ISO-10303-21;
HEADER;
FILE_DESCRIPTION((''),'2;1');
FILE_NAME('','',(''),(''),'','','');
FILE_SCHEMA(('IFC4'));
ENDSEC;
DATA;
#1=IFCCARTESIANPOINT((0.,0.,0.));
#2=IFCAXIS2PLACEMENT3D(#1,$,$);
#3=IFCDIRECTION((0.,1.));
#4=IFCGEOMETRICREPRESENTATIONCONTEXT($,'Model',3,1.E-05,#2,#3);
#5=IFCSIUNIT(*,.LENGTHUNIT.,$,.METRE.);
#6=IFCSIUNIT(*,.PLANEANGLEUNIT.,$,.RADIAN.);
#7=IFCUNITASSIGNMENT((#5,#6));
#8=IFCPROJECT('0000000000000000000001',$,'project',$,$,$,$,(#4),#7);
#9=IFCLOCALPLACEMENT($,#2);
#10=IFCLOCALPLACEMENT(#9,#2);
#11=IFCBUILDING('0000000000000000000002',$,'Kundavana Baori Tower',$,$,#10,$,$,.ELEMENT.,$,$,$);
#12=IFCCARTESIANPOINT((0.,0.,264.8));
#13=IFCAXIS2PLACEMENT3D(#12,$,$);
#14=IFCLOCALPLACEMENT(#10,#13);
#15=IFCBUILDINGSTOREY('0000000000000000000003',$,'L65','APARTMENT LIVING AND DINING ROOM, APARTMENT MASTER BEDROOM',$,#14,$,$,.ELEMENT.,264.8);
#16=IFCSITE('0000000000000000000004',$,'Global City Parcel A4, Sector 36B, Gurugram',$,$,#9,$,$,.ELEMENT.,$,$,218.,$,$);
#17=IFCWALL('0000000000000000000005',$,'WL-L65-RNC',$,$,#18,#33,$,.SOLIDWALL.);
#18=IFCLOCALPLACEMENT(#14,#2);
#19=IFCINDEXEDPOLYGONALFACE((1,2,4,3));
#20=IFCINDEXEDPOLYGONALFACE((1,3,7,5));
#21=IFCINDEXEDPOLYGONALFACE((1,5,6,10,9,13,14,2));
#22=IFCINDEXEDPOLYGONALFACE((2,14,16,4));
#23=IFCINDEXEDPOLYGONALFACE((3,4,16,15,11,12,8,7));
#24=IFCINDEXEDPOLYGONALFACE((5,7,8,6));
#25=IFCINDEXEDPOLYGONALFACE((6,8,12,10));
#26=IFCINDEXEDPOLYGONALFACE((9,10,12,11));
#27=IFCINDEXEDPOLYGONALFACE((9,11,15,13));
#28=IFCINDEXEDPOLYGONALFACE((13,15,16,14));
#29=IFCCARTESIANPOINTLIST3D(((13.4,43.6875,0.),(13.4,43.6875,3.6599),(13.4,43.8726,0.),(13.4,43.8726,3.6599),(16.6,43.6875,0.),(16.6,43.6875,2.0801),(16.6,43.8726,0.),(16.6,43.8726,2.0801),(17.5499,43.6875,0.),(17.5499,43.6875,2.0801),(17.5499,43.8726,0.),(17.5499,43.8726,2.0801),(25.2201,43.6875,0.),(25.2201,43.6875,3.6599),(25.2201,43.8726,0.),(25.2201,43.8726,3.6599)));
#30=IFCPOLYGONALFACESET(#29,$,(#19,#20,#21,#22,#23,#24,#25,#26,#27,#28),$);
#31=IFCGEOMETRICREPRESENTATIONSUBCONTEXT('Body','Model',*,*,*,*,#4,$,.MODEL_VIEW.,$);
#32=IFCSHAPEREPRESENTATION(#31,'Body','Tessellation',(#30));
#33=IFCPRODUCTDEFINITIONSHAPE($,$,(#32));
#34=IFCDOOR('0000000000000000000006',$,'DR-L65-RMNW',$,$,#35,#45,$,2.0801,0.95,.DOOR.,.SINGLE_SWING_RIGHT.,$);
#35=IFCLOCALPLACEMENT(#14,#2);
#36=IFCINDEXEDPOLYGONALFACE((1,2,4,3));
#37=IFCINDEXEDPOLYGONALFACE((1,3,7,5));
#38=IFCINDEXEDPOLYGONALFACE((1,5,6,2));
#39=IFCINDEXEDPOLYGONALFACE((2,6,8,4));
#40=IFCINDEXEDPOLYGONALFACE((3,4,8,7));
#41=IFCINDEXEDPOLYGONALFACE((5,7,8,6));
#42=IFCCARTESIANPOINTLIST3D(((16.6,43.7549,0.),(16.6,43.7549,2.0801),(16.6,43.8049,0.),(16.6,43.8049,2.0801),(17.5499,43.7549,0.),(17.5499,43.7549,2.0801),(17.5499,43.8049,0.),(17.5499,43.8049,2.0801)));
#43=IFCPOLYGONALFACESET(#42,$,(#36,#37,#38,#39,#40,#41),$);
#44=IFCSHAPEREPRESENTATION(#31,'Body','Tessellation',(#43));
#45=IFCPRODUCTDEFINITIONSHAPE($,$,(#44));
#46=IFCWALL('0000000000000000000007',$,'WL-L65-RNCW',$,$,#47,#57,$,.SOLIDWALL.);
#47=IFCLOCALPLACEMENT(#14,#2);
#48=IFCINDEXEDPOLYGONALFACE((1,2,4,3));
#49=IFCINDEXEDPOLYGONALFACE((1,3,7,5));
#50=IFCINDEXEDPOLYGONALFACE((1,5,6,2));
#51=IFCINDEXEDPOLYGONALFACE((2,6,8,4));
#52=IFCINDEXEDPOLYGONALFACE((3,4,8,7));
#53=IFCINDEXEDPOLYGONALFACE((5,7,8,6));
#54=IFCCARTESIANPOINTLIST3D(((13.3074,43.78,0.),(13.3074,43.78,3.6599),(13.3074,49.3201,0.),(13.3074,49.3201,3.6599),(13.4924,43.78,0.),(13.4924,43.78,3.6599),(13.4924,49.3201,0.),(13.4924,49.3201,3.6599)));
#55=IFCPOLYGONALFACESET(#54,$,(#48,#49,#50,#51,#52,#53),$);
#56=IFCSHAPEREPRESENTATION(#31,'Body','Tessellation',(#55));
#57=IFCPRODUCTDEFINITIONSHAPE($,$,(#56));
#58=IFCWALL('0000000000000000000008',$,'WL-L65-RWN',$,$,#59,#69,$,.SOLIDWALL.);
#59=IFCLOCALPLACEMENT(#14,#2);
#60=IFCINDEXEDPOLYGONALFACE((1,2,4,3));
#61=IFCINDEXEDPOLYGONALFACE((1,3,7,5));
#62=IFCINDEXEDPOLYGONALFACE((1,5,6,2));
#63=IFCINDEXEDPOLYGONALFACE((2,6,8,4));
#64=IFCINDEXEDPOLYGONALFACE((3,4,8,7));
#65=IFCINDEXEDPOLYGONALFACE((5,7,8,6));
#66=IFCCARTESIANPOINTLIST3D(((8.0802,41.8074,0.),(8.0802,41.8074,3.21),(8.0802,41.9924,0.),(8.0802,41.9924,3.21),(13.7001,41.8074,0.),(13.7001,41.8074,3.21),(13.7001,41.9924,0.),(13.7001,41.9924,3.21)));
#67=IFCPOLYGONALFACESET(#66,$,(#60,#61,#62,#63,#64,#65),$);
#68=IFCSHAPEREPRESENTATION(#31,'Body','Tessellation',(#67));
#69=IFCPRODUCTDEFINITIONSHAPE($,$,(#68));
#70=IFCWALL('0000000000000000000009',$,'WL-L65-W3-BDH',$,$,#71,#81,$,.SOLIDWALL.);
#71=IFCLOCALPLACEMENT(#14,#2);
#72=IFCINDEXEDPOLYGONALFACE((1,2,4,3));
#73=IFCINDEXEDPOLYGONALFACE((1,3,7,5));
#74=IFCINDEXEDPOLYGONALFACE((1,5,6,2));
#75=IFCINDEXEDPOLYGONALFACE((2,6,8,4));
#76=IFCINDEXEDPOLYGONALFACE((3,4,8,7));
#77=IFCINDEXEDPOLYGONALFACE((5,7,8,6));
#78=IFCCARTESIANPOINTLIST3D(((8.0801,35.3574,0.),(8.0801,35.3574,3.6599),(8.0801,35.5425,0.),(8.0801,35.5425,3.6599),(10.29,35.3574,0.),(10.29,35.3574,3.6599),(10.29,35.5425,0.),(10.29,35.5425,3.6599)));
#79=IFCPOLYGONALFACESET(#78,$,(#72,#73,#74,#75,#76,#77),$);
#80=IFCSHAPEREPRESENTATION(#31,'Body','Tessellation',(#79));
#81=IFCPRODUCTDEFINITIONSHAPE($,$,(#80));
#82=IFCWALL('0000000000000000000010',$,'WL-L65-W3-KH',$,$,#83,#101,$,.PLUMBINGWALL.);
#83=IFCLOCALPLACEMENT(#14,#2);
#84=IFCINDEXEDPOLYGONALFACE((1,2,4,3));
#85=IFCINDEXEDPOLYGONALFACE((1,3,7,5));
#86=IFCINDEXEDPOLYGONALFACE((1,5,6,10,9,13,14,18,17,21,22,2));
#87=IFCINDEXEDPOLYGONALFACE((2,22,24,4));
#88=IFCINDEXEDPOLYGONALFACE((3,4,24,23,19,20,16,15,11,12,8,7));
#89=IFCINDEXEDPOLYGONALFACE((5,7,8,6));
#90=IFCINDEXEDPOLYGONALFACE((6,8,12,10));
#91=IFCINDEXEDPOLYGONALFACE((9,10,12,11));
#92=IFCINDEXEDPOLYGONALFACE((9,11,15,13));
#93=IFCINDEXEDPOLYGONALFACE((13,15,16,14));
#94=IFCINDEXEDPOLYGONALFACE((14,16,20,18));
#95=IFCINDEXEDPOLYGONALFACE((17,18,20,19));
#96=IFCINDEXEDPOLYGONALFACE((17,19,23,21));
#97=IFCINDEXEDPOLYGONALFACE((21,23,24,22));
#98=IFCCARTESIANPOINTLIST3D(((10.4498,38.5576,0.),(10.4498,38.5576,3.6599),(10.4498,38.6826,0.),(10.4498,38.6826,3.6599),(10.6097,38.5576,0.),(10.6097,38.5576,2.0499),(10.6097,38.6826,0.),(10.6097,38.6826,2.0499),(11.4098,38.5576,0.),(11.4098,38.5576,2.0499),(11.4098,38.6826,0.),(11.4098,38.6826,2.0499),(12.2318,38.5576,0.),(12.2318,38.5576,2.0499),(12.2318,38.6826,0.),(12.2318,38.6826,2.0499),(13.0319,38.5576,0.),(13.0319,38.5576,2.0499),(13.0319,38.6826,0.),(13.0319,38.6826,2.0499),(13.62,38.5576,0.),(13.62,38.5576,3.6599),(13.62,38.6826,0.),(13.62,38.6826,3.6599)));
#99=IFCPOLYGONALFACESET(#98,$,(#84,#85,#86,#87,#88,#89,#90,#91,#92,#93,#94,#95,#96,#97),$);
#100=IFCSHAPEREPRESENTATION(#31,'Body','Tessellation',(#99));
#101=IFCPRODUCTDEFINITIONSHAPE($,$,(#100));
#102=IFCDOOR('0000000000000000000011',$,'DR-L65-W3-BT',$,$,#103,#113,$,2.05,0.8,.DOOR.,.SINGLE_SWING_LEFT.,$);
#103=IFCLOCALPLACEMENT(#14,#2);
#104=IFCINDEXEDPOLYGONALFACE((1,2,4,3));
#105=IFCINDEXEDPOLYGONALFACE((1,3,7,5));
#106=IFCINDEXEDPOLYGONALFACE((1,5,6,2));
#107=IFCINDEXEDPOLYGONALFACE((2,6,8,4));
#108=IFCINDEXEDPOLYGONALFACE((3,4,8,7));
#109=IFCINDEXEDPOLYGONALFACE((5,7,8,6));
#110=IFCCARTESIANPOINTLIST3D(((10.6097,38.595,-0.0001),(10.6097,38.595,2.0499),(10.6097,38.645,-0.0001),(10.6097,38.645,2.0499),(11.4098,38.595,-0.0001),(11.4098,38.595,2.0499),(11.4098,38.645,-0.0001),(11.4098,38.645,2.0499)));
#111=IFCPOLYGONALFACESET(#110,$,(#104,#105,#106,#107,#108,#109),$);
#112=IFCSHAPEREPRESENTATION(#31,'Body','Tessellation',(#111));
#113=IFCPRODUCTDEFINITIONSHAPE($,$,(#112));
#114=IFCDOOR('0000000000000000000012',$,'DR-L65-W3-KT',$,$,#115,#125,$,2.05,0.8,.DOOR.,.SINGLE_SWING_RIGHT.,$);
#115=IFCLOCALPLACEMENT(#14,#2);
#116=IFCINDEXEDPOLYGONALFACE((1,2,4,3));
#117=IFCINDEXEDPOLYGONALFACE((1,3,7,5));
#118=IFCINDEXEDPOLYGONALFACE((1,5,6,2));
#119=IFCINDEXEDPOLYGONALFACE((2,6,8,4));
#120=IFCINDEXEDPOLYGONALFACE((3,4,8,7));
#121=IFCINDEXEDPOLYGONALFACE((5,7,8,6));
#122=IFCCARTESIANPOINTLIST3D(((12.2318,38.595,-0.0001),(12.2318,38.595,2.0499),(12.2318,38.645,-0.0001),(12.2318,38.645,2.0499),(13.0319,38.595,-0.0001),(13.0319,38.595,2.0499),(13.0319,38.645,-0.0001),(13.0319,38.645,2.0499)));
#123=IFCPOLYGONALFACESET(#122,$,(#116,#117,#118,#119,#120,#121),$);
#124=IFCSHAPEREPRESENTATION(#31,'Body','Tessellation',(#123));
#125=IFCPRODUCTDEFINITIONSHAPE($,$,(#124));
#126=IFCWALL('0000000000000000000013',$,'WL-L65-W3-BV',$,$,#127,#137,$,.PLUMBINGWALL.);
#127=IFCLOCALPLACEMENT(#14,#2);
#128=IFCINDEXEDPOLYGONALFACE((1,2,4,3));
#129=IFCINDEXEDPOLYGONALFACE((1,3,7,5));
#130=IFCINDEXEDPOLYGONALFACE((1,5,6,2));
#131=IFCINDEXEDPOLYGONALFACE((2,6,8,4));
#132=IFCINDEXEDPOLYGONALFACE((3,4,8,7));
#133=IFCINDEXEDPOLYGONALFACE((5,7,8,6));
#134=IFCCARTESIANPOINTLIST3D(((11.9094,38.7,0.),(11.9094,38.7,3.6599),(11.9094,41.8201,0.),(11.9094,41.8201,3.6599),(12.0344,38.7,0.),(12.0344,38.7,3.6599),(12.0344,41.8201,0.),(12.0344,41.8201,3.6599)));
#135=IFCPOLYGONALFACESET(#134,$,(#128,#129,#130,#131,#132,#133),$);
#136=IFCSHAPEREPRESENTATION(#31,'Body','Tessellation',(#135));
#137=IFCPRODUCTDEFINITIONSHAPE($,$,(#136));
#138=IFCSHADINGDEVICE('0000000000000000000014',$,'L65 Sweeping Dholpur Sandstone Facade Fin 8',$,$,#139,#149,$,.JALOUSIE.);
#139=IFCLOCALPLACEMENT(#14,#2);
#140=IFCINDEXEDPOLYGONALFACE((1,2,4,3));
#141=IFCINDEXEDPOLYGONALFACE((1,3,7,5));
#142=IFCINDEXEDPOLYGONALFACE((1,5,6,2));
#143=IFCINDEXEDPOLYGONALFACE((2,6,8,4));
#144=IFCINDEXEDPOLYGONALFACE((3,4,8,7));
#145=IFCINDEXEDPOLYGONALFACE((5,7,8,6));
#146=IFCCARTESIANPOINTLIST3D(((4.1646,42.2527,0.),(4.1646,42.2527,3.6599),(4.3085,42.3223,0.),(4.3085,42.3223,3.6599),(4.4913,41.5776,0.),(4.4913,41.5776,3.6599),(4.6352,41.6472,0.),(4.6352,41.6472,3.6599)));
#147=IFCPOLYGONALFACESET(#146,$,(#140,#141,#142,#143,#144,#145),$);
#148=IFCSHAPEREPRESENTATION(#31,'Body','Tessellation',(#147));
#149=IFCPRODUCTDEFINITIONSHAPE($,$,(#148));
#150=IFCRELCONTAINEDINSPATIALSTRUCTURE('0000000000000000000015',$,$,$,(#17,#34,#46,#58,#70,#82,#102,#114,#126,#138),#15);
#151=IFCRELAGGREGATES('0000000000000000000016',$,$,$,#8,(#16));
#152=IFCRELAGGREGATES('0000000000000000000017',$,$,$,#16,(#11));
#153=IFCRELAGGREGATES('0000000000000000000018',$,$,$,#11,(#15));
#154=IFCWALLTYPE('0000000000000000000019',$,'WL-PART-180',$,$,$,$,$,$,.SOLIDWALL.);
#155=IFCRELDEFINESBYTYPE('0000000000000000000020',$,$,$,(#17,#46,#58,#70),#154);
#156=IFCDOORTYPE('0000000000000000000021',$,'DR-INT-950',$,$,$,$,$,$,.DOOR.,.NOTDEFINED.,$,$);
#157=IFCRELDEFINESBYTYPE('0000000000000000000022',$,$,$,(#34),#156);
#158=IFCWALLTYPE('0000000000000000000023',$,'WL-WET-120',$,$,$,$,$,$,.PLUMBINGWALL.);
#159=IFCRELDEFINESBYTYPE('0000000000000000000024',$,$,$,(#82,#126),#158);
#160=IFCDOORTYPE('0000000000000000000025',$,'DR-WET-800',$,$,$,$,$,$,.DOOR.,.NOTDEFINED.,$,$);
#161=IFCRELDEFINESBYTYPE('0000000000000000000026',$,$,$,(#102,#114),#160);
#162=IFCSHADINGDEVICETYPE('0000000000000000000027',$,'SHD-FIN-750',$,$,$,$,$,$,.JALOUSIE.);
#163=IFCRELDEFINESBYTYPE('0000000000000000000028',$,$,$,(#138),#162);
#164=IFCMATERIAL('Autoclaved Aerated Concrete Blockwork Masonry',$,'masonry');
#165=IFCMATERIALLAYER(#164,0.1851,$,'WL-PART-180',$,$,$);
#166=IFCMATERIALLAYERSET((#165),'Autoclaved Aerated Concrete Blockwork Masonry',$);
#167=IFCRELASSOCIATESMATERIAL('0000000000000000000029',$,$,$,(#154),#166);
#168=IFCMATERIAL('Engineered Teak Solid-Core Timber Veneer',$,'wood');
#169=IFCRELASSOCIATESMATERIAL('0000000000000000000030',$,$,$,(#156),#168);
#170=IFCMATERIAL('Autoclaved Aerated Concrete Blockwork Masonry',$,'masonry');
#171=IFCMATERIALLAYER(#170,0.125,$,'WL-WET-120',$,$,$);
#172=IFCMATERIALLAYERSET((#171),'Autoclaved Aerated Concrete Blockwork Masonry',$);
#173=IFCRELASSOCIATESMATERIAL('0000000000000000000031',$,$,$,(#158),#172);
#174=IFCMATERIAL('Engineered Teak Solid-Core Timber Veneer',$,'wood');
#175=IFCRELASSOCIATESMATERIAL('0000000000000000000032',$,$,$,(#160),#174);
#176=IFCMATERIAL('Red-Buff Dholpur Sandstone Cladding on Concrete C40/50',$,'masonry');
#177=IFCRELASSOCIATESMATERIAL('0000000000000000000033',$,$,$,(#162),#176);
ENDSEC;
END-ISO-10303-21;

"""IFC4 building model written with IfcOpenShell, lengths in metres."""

from ifc_helpers import new_model, si_unit, direction, frame, frame_2d, origin, origin_2d, place, context, subcontext, project, spatial, rectangle, extrude, material, layer, layer_set, type_object, element, fill, save


model = new_model("IFC4")

# Units and contexts
model_context = context("Model", 3, precision=1e-05, world=origin(), true_north=direction((0.0, 1.0)))
body_context = subcontext(model_context, "Body", "Model", "MODEL_VIEW")
ifc_project = project(units=[si_unit("LENGTHUNIT", "METRE"), si_unit("PLANEANGLEUNIT", "RADIAN")], contexts=[model_context])

# Site, building, storey
site_placement = place(None, origin())
site = spatial("IfcSite", under=ifc_project, at=site_placement, Name="Global City Parcel A4, Sector 36B, Gurugram", CompositionType="ELEMENT", RefElevation=218.0)
building_placement = place(site_placement, origin())
building = spatial("IfcBuilding", under=site, at=building_placement, Name="Kundavana Baori Tower", CompositionType="ELEMENT")
storey_placement = place(building_placement, frame((0.0, 0.0, 264.8)))
storey = spatial("IfcBuildingStorey", under=building, at=storey_placement, Name="L65", Description="APARTMENT LIVING AND DINING ROOM, APARTMENT MASTER BEDROOM", CompositionType="ELEMENT", Elevation=264.8)

# Wall, opening, door
ifc_material_1 = material(Name="Autoclaved Aerated Concrete Blockwork Masonry", Category="masonry")
ifc_layer_1 = layer(ifc_material_1, 0.1851, Name="WL-PART-180")
ifc_layer_set_1 = layer_set([ifc_layer_1], Name="Autoclaved Aerated Concrete Blockwork Masonry")
wall_type_1 = type_object("IfcWallType", Name="WL-PART-180", PredefinedType="SOLIDWALL", material=ifc_layer_set_1)
wall_1_placement = place(storey_placement, frame((13.3999, 43.78, 0.0), z_axis=(0.0, 0.0, 1.0), x_axis=(1.0, 0.0, 0.0)))
wall_1 = element("IfcWall", 1, at=wall_1_placement, inside=storey, type_object=wall_type_1, Name="WL-L65-RNC", PredefinedType="SOLIDWALL", context=body_context, shape_type="SweptSolid", body=[
    extrude(rectangle(XDim=11.8201, YDim=0.1851, at=frame_2d((5.9102, 0.0))), origin(), (0.0, 0.0, 1.0), 3.6599),
])
opening_1_placement = place(wall_1_placement, frame((3.2, 0.0, 0.0)))
opening_1 = element("IfcOpeningElement", 2, at=opening_1_placement, cuts=wall_1, PredefinedType="OPENING", context=body_context, shape_type="SweptSolid", body=[
    extrude(rectangle(XDim=0.95, YDim=2.0801, at=frame_2d((0.4751, 1.04))), frame((0.0, 0.1025, 0.0), z_axis=(0.0, -1.0, 0.0), x_axis=(1.0, 0.0, 0.0)), (0.0, 0.0, 1.0), 0.2051),
])
ifc_material_2 = material(Name="Engineered Teak Solid-Core Timber Veneer", Category="wood")
door_type_1 = type_object("IfcDoorType", Name="DR-INT-950", OperationType="NOTDEFINED", PredefinedType="DOOR", material=ifc_material_2)
door_1_placement = place(opening_1_placement, origin())
door_1 = element("IfcDoor", 3, at=door_1_placement, inside=storey, type_object=door_type_1, Name="DR-L65-RMNW", OperationType="SINGLE_SWING_RIGHT", OverallHeight=2.0801, OverallWidth=0.95, PredefinedType="DOOR", context=body_context, shape_type="SweptSolid", body=[
    extrude(rectangle(XDim=0.95, YDim=2.0801, at=frame_2d((0.4751, 1.04))), frame((0.0, 0.0249, 0.0), z_axis=(0.0, -1.0, 0.0), x_axis=(1.0, 0.0, 0.0)), (0.0, 0.0, 1.0), 0.05),
])
fill(opening_1, door_1)

# Walls
wall_2_placement = place(storey_placement, frame((13.3999, 43.78, 0.0), z_axis=(0.0, 0.0, 1.0), x_axis=(0.0, 1.0, 0.0)))
element("IfcWall", 4, at=wall_2_placement, inside=storey, type_object=wall_type_1, Name="WL-L65-RNCW", PredefinedType="SOLIDWALL", context=body_context, shape_type="SweptSolid", body=[
    extrude(rectangle(XDim=5.54, YDim=0.1851, at=frame_2d((2.77, 0.0))), origin(), (0.0, 0.0, 1.0), 3.6599),
])
wall_3_placement = place(storey_placement, frame((8.0801, 41.8999, 0.0), z_axis=(0.0, 0.0, 1.0), x_axis=(1.0, 0.0, 0.0)))
element("IfcWall", 5, at=wall_3_placement, inside=storey, type_object=wall_type_1, Name="WL-L65-RWN", PredefinedType="SOLIDWALL", context=body_context, shape_type="SweptSolid", body=[
    extrude(rectangle(XDim=5.6199, YDim=0.1851, at=frame_2d((2.8101, 0.0))), origin(), (0.0, 0.0, 1.0), 3.21),
])
wall_4_placement = place(storey_placement, frame((8.0801, 35.45, 0.0), z_axis=(0.0, 0.0, 1.0), x_axis=(1.0, 0.0, 0.0)))
element("IfcWall", 6, at=wall_4_placement, inside=storey, type_object=wall_type_1, Name="WL-L65-W3-BDH", PredefinedType="SOLIDWALL", context=body_context, shape_type="SweptSolid", body=[
    extrude(rectangle(XDim=2.21, YDim=0.1851, at=frame_2d((1.105, 0.0))), origin(), (0.0, 0.0, 1.0), 3.6599),
])

# Wall, openings, doors
ifc_material_3 = material(Name="Autoclaved Aerated Concrete Blockwork Masonry", Category="masonry")
ifc_layer_2 = layer(ifc_material_3, 0.125, Name="WL-WET-120")
ifc_layer_set_2 = layer_set([ifc_layer_2], Name="Autoclaved Aerated Concrete Blockwork Masonry")
wall_type_2 = type_object("IfcWallType", Name="WL-WET-120", PredefinedType="PLUMBINGWALL", material=ifc_layer_set_2)
wall_5_placement = place(storey_placement, frame((10.45, 38.6201, 0.0), z_axis=(0.0, 0.0, 1.0), x_axis=(1.0, 0.0, 0.0)))
wall_5 = element("IfcWall", 7, at=wall_5_placement, inside=storey, type_object=wall_type_2, Name="WL-L65-W3-KH", PredefinedType="PLUMBINGWALL", context=body_context, shape_type="SweptSolid", body=[
    extrude(rectangle(XDim=3.1702, YDim=0.125, at=frame_2d((1.585, 0.0))), origin(), (0.0, 0.0, 1.0), 3.6599),
])
opening_2_placement = place(wall_5_placement, frame((0.1599, 0.0, 0.0)))
opening_2 = element("IfcOpeningElement", 8, at=opening_2_placement, cuts=wall_5, PredefinedType="OPENING", context=body_context, shape_type="SweptSolid", body=[
    extrude(rectangle(XDim=0.8, YDim=2.05, at=frame_2d((0.3999, 1.0249))), frame((0.0, 0.0725, 0.0), z_axis=(0.0, -1.0, 0.0), x_axis=(1.0, 0.0, 0.0)), (0.0, 0.0, 1.0), 0.145),
])
opening_3_placement = place(wall_5_placement, frame((1.782, 0.0, 0.0)))
opening_3 = element("IfcOpeningElement", 9, at=opening_3_placement, cuts=wall_5, PredefinedType="OPENING", context=body_context, shape_type="SweptSolid", body=[
    extrude(rectangle(XDim=0.8, YDim=2.05, at=frame_2d((0.3999, 1.0249))), frame((0.0, 0.0725, 0.0), z_axis=(0.0, -1.0, 0.0), x_axis=(1.0, 0.0, 0.0)), (0.0, 0.0, 1.0), 0.145),
])
ifc_material_4 = material(Name="Engineered Teak Solid-Core Timber Veneer", Category="wood")
door_type_2 = type_object("IfcDoorType", Name="DR-WET-800", OperationType="NOTDEFINED", PredefinedType="DOOR", material=ifc_material_4)
door_2_placement = place(opening_2_placement, origin())
door_2 = element("IfcDoor", 10, at=door_2_placement, inside=storey, type_object=door_type_2, Name="DR-L65-W3-BT", OperationType="SINGLE_SWING_LEFT", OverallHeight=2.05, OverallWidth=0.8, PredefinedType="DOOR", context=body_context, shape_type="SweptSolid", body=[
    extrude(rectangle(XDim=0.8, YDim=2.05, at=frame_2d((0.3999, 1.0249))), frame((0.0, 0.0249, 0.0), z_axis=(0.0, -1.0, 0.0), x_axis=(1.0, 0.0, 0.0)), (0.0, 0.0, 1.0), 0.05),
])
fill(opening_2, door_2)
door_3_placement = place(opening_3_placement, origin())
door_3 = element("IfcDoor", 11, at=door_3_placement, inside=storey, type_object=door_type_2, Name="DR-L65-W3-KT", OperationType="SINGLE_SWING_RIGHT", OverallHeight=2.05, OverallWidth=0.8, PredefinedType="DOOR", context=body_context, shape_type="SweptSolid", body=[
    extrude(rectangle(XDim=0.8, YDim=2.05, at=frame_2d((0.3999, 1.0249))), frame((0.0, 0.0249, 0.0), z_axis=(0.0, -1.0, 0.0), x_axis=(1.0, 0.0, 0.0)), (0.0, 0.0, 1.0), 0.05),
])
fill(opening_3, door_3)

# Wall
wall_6_placement = place(storey_placement, frame((11.9719, 38.7, 0.0), z_axis=(0.0, 0.0, 1.0), x_axis=(0.0, 1.0, 0.0)))
element("IfcWall", 12, at=wall_6_placement, inside=storey, type_object=wall_type_2, Name="WL-L65-W3-BV", PredefinedType="PLUMBINGWALL", context=body_context, shape_type="SweptSolid", body=[
    extrude(rectangle(XDim=3.1201, YDim=0.125, at=frame_2d((1.5601, 0.0))), origin(), (0.0, 0.0, 1.0), 3.6599),
])

# Shading device
ifc_material_5 = material(Name="Red-Buff Dholpur Sandstone Cladding on Concrete C40/50", Category="masonry")
shading_device_type = type_object("IfcShadingDeviceType", Name="SHD-FIN-750", PredefinedType="JALOUSIE", material=ifc_material_5)
shading_device_placement = place(storey_placement, frame((4.3999, 41.95, 0.0), z_axis=(0.0, 0.0, 1.0), x_axis=(0.900167, 0.435545, 0.0)))
element("IfcShadingDevice", 13, at=shading_device_placement, inside=storey, type_object=shading_device_type, Name="L65 Sweeping Dholpur Sandstone Facade Fin 8", PredefinedType="JALOUSIE", context=body_context, shape_type="SweptSolid", body=[
    extrude(rectangle(XDim=0.1599, YDim=0.75, at=origin_2d()), origin(), (0.0, 0.0, 1.0), 3.6599),
])

save(model, "model.ifc")
